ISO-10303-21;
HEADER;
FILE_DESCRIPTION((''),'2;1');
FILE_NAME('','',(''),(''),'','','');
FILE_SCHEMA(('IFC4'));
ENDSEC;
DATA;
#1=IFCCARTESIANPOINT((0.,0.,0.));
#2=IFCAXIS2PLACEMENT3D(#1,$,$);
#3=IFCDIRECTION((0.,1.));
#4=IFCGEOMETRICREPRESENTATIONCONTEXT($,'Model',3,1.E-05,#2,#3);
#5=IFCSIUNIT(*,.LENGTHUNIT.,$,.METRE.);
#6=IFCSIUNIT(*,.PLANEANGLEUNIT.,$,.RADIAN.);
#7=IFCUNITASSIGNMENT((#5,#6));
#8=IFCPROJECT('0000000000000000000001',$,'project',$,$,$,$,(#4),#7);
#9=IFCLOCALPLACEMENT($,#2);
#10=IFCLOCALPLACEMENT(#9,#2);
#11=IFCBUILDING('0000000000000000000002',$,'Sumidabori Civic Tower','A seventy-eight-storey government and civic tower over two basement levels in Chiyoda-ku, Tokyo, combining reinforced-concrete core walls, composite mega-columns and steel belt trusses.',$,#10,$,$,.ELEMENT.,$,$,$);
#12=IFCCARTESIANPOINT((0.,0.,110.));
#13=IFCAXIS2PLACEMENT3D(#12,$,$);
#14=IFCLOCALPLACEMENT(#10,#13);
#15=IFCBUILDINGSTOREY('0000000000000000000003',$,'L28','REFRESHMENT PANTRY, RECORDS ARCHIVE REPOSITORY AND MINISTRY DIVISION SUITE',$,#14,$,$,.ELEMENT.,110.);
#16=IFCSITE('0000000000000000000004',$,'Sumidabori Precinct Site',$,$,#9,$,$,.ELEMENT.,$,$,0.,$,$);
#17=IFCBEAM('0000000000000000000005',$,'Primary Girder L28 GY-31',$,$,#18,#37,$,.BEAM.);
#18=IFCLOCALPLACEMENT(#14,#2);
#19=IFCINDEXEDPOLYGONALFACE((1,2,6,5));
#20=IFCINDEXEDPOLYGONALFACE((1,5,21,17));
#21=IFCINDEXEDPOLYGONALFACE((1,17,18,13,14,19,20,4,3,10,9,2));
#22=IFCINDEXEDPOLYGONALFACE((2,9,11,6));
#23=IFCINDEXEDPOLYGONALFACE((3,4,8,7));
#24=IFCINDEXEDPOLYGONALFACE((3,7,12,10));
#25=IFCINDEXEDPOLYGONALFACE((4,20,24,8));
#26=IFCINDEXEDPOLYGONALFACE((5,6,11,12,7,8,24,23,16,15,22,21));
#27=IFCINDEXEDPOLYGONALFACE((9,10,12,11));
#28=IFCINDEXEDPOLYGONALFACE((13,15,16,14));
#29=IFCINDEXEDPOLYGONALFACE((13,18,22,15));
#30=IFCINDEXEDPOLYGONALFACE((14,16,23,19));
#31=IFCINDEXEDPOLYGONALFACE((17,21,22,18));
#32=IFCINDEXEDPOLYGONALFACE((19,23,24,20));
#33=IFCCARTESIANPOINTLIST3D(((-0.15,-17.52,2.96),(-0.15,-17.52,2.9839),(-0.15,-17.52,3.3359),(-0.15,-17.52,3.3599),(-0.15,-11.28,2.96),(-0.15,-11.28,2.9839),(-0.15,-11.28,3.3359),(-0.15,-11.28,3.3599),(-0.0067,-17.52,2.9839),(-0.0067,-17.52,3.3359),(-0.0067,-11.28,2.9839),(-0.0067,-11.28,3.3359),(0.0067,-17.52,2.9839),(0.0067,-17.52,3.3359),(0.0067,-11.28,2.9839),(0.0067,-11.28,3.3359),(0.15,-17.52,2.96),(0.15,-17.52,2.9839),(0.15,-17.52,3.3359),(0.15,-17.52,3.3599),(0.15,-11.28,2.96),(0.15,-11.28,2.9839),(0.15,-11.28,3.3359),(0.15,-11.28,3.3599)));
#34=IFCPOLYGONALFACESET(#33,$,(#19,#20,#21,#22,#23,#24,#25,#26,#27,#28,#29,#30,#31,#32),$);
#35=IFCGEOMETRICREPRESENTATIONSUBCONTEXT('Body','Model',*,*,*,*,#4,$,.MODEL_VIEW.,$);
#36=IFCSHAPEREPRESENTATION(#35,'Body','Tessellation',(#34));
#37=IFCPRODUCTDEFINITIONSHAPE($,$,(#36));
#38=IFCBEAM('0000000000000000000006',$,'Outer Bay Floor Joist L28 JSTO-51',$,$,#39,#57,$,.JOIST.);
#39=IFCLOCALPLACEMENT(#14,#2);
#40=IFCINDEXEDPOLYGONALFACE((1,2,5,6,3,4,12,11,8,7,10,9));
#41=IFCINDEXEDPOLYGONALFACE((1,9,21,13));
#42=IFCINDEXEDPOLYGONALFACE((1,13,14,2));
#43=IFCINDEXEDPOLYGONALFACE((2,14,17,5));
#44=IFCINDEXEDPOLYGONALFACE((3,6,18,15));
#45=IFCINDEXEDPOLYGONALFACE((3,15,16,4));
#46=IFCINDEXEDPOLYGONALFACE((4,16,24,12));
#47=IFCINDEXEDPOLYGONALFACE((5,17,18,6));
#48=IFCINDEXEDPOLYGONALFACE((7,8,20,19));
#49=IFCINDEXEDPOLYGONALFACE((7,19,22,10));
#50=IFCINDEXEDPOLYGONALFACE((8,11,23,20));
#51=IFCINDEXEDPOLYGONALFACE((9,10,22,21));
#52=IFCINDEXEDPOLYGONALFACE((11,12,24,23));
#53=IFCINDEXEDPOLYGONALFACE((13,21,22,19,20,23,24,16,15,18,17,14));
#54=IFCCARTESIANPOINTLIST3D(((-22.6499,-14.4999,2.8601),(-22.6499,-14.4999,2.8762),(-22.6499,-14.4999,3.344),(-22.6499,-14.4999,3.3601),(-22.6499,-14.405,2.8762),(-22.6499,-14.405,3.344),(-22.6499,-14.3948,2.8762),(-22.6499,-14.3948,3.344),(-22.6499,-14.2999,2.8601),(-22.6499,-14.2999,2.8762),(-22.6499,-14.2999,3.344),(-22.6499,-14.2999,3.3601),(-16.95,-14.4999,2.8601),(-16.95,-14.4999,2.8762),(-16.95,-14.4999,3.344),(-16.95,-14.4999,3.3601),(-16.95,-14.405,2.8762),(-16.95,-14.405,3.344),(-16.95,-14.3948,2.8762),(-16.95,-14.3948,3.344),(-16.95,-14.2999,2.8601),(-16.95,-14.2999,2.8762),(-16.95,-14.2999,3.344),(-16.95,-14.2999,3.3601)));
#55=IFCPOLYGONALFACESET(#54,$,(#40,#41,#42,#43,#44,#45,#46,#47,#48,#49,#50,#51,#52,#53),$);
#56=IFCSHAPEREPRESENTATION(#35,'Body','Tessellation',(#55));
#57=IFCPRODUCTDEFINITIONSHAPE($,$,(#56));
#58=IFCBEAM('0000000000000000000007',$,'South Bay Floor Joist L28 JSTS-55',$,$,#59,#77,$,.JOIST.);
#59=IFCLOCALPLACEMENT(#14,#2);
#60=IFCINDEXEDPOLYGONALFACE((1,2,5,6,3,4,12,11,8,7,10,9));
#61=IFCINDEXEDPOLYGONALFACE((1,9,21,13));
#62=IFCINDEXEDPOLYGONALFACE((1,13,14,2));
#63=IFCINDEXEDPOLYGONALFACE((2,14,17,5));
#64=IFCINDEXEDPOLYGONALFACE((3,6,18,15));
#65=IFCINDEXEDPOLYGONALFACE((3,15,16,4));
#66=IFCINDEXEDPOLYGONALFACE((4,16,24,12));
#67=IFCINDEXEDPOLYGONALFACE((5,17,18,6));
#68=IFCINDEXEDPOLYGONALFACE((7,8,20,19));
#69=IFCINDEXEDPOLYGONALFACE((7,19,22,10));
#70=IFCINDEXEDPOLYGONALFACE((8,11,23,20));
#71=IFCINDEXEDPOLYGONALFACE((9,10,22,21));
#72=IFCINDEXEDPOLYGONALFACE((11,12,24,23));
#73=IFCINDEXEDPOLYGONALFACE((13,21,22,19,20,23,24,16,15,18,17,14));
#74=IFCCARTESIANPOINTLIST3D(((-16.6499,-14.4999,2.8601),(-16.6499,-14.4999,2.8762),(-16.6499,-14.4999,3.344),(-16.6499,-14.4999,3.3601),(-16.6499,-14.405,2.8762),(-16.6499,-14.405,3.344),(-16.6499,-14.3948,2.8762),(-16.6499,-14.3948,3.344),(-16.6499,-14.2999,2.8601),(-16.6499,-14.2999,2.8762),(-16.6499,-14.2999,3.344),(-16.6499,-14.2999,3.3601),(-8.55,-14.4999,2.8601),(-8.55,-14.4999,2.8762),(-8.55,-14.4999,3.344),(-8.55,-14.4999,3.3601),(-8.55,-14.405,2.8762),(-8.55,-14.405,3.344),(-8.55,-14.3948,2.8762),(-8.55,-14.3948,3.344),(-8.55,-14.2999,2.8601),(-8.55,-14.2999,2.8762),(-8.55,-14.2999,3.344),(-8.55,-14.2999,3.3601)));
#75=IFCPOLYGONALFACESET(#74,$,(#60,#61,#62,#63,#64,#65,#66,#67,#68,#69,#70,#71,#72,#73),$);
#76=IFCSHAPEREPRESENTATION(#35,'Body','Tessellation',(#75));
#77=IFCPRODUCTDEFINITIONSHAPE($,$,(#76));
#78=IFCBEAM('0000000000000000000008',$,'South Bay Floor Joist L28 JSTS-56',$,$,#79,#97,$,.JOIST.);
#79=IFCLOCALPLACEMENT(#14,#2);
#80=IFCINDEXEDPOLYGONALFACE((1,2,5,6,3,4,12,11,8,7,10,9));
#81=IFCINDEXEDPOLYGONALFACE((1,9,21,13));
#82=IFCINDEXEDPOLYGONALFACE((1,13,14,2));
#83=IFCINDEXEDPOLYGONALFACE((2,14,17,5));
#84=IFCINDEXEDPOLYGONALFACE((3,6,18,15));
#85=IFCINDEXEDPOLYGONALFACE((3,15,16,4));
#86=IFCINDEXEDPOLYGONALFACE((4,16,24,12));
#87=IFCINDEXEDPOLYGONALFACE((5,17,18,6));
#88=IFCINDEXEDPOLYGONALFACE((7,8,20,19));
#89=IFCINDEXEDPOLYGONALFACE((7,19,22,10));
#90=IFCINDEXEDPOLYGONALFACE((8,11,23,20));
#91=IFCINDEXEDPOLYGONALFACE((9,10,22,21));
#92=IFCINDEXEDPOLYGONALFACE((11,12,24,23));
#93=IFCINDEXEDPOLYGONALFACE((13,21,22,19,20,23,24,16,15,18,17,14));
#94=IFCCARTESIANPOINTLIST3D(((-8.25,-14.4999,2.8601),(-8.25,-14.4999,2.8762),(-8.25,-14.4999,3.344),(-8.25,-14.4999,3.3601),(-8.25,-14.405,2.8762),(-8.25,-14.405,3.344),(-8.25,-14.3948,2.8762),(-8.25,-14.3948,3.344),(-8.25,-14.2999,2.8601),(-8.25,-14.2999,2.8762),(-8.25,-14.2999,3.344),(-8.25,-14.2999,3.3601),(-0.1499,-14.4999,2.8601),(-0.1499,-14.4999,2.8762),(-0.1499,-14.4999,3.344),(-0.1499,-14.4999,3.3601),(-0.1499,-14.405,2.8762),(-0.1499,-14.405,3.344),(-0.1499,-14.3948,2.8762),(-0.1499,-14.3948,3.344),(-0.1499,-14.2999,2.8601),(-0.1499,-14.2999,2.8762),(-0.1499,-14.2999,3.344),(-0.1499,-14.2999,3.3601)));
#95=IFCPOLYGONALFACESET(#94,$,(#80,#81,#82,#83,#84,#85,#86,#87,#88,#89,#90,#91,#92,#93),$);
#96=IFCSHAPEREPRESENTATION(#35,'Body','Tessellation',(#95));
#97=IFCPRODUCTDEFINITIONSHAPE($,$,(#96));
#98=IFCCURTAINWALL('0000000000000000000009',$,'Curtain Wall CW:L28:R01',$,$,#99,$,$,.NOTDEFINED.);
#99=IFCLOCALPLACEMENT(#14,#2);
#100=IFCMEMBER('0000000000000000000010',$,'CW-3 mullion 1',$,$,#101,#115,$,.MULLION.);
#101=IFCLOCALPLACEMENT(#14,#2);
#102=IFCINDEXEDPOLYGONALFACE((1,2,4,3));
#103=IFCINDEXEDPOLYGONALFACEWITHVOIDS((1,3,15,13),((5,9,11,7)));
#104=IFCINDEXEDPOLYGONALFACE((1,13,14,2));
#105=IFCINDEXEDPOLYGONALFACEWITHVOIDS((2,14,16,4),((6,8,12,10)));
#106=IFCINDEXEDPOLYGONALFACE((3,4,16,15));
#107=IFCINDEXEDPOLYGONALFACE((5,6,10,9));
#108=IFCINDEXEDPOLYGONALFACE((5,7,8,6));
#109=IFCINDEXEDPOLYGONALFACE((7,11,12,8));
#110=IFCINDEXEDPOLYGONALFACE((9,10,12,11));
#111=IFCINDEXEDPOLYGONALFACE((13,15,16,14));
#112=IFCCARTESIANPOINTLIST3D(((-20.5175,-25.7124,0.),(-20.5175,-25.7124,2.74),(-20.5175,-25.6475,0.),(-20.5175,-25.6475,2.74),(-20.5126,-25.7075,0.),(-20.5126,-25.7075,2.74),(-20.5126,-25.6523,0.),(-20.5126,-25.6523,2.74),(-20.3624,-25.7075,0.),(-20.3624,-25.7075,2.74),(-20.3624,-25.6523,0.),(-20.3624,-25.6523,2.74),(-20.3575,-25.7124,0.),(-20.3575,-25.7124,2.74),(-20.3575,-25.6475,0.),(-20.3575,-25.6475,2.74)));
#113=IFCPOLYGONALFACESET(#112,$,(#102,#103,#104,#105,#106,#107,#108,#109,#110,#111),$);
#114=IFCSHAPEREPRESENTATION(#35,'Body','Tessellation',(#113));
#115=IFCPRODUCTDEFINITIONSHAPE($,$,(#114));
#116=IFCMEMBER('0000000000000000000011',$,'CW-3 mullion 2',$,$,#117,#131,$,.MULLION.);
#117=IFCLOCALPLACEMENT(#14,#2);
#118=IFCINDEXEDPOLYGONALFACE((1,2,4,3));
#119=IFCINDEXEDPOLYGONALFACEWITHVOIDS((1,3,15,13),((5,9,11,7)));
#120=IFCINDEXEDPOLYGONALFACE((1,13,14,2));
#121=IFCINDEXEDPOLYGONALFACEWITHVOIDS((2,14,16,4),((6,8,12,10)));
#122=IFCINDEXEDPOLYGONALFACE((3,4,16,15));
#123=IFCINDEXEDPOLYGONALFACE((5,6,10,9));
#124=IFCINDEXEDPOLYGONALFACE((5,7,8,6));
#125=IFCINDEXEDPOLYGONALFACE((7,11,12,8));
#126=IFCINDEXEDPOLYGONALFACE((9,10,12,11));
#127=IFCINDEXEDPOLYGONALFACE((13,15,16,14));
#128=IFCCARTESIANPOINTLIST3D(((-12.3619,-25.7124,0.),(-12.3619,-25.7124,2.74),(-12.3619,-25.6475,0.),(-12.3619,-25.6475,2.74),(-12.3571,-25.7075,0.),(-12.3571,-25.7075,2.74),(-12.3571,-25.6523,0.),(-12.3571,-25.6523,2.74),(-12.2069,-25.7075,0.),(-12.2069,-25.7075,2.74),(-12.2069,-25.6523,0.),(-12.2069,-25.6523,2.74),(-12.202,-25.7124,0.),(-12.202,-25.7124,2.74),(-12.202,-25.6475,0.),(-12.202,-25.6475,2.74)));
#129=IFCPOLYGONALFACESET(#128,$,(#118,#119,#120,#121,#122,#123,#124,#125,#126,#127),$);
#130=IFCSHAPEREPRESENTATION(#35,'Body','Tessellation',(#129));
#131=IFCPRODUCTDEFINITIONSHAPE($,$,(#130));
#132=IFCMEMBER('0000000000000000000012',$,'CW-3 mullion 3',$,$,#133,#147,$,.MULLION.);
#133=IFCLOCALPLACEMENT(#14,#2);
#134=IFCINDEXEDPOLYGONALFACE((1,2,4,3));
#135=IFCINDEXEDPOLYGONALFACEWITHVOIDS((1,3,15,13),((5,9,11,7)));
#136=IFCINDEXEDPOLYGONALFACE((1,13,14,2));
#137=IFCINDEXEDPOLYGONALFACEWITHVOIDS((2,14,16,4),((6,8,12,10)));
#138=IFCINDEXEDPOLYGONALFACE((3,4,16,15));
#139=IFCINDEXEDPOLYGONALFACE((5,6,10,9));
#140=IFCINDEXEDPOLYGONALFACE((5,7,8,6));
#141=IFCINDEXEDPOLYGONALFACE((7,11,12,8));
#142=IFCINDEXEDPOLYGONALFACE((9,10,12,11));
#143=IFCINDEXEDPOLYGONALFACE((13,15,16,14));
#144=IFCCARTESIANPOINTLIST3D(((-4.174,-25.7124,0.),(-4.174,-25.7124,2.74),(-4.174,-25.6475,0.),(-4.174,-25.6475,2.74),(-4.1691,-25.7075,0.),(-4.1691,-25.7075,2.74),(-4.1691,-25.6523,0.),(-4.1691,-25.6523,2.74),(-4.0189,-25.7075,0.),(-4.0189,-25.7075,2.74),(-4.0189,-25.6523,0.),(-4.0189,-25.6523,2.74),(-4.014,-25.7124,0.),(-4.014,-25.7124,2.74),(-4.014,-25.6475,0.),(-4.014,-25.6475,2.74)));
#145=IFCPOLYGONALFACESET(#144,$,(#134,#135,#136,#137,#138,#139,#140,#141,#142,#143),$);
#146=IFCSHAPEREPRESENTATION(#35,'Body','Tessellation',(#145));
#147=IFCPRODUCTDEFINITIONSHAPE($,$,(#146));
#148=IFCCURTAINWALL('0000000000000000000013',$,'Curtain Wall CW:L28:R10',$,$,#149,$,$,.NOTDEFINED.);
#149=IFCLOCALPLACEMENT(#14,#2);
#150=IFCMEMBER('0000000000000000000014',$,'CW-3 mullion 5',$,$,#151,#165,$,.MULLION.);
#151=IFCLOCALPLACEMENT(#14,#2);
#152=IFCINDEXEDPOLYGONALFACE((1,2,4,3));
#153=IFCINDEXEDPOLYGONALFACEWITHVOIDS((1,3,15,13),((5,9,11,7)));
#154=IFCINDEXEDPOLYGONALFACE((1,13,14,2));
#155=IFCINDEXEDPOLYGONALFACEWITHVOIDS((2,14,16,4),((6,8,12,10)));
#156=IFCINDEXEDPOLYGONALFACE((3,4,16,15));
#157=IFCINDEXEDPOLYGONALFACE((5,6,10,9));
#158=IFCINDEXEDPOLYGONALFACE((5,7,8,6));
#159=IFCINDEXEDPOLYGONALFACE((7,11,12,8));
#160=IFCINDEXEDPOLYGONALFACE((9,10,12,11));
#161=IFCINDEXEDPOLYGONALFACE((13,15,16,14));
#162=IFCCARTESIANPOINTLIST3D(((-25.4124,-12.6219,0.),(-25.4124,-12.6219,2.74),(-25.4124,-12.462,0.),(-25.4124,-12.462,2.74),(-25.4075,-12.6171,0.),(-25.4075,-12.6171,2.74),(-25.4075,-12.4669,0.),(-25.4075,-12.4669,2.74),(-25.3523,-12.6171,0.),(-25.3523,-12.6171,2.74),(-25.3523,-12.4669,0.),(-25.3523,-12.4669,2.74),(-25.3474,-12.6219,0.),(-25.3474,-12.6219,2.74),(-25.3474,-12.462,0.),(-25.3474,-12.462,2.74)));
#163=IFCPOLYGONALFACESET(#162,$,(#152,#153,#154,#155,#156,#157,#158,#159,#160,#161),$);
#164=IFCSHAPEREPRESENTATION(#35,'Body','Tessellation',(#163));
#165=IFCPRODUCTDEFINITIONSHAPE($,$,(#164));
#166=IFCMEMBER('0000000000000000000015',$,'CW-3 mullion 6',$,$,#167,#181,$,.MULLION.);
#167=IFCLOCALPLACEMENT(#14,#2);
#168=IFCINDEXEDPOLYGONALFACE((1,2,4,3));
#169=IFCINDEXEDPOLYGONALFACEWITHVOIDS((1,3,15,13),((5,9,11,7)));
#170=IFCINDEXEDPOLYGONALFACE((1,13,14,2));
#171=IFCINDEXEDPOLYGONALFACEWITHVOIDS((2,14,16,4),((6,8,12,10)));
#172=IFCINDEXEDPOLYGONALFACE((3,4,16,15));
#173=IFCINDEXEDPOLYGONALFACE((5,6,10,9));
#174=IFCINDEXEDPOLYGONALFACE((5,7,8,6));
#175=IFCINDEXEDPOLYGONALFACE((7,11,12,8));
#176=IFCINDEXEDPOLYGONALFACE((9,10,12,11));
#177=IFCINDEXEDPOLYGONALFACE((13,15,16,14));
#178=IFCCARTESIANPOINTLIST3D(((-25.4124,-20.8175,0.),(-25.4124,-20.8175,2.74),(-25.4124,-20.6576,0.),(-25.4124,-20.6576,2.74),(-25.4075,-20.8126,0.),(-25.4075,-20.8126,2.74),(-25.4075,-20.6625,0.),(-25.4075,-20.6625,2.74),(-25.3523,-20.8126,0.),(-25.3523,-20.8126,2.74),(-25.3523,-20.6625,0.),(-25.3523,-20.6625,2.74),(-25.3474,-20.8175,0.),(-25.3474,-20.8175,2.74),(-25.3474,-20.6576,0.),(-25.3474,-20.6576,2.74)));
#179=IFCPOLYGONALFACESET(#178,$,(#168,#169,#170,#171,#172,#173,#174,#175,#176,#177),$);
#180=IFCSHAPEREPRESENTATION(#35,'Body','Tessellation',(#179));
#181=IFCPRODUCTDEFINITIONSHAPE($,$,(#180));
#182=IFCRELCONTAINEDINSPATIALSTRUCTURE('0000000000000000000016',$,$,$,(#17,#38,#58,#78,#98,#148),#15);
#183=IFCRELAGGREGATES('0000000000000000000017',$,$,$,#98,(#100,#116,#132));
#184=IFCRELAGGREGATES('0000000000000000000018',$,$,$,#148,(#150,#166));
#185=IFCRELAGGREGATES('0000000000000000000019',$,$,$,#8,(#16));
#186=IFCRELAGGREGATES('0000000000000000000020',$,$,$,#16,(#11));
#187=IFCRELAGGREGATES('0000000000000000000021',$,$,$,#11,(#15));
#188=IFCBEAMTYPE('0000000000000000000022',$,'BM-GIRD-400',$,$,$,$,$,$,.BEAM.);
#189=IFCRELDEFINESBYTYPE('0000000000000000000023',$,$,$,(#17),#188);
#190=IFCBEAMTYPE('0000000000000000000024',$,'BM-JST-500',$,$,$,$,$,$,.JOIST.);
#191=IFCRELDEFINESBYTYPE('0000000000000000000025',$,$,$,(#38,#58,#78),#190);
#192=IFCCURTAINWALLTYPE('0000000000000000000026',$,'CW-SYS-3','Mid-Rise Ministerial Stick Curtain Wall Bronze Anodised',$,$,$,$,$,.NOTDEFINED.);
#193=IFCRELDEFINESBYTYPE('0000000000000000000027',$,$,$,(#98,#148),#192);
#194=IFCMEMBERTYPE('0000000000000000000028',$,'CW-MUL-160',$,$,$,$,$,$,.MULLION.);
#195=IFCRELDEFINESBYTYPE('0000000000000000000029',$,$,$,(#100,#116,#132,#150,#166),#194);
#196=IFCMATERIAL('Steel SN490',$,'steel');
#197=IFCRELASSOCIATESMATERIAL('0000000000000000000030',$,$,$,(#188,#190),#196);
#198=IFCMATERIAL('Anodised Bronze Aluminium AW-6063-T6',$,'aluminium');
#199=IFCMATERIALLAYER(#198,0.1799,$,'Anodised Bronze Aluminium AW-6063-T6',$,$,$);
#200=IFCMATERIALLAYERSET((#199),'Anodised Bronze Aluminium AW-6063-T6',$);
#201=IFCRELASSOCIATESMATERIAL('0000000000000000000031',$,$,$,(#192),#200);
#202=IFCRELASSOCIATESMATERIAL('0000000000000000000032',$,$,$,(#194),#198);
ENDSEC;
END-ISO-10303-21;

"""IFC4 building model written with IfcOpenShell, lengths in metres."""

from ifc_helpers import new_model, si_unit, direction, frame, origin, origin_2d, place, context, subcontext, project, spatial, hollow_rectangle, i_section, extrude, source, transform, mapped, material, layer, layer_set, material_profile, profile_set, type_object, element, aggregate, save


model = new_model("IFC4")

# Units and contexts
model_context = context("Model", 3, precision=1e-05, world=origin(), true_north=direction((0.0, 1.0)))
body_context = subcontext(model_context, "Body", "Model", "MODEL_VIEW")
ifc_project = project(units=[si_unit("LENGTHUNIT", "METRE"), si_unit("PLANEANGLEUNIT", "RADIAN")], contexts=[model_context])

# Site, building, storey
site_placement = place(None, origin())
site = spatial("IfcSite", under=ifc_project, at=site_placement, Name="Sumidabori Precinct Site", CompositionType="ELEMENT", RefElevation=0.0)
building_placement = place(site_placement, origin())
building = spatial("IfcBuilding", under=site, at=building_placement, Name="Sumidabori Civic Tower", Description="A seventy-eight-storey government and civic tower over two basement levels in Chiyoda-ku, Tokyo, combining reinforced-concrete core walls, composite mega-columns and steel belt trusses.", CompositionType="ELEMENT")
storey_placement = place(building_placement, frame((0.0, 0.0, 110.0)))
storey = spatial("IfcBuildingStorey", under=building, at=storey_placement, Name="L28", Description="REFRESHMENT PANTRY, RECORDS ARCHIVE REPOSITORY AND MINISTRY DIVISION SUITE", CompositionType="ELEMENT", Elevation=110.0)

# Beams
ifc_material_1 = material(Name="Steel SN490", Category="steel")
ifc_material_profile_1 = material_profile(ifc_material_1, i_section(OverallWidth=0.3, OverallDepth=0.3999, WebThickness=0.0134, FlangeThickness=0.0239, at=origin_2d()), Name="HE 400 B")
ifc_profile_set_1 = profile_set([ifc_material_profile_1], Name="Steel SN490")
beam_type_1 = type_object("IfcBeamType", Name="BM-GIRD-400", PredefinedType="BEAM", material=ifc_profile_set_1)
shared_shape_1 = source(origin(), body_context, "Body", "SweptSolid", [
    extrude(i_section(OverallWidth=0.3, OverallDepth=0.3999, WebThickness=0.0134, FlangeThickness=0.0239, at=origin_2d()), origin(), (0.0, 0.0, 1.0), 6.24),
])
for number, where, z_axis, x_axis, name in (
    (1, (0.0, -17.52, 3.1599), (0.0, 1.0, 0.0), (-1.0, 0.0, 0.0), "Primary Girder L28 GY-31"),
):
    element("IfcBeam", number, at=place(storey_placement, frame(where, z_axis=z_axis, x_axis=x_axis)), inside=storey, type_object=beam_type_1, Name=name, PredefinedType="BEAM", context=body_context, shape_type="MappedRepresentation", body=[
        mapped(shared_shape_1, transform((0.0, 0.0, 0.0), x_axis=(1.0, 0.0, 0.0), y_axis=(0.0, 1.0, 0.0), z_axis=(0.0, 0.0, 1.0), scale=1.0)),
    ])
ifc_material_profile_2 = material_profile(ifc_material_1, i_section(OverallWidth=0.2, OverallDepth=0.5, WebThickness=0.0103, FlangeThickness=0.0161, at=origin_2d()), Name="IPE 500")
ifc_profile_set_2 = profile_set([ifc_material_profile_2], Name="Steel SN490")
beam_type_2 = type_object("IfcBeamType", Name="BM-JST-500", PredefinedType="JOIST", material=ifc_profile_set_2)
shared_shape_2 = source(origin(), body_context, "Body", "SweptSolid", [
    extrude(i_section(OverallWidth=0.2, OverallDepth=0.5, WebThickness=0.0103, FlangeThickness=0.0161, at=origin_2d()), origin(), (0.0, 0.0, 1.0), 5.7),
])
beam_1_placement = place(storey_placement, frame((-22.6499, -14.3999, 3.1101), z_axis=(1.0, 0.0, 0.0), x_axis=(0.0, 1.0, 0.0)))
element("IfcBeam", 2, at=beam_1_placement, inside=storey, type_object=beam_type_2, Name="Outer Bay Floor Joist L28 JSTO-51", PredefinedType="JOIST", context=body_context, shape_type="MappedRepresentation", body=[
    mapped(shared_shape_2, transform((0.0, 0.0, 0.0), x_axis=(1.0, 0.0, 0.0), y_axis=(0.0, 1.0, 0.0), z_axis=(0.0, 0.0, 1.0), scale=1.0)),
])
shared_shape_3 = source(origin(), body_context, "Body", "SweptSolid", [
    extrude(i_section(OverallWidth=0.2, OverallDepth=0.5, WebThickness=0.0103, FlangeThickness=0.0161, at=origin_2d()), origin(), (0.0, 0.0, 1.0), 8.0999),
])
beam_2_placement = place(storey_placement, frame((-16.6499, -14.3999, 3.1101), z_axis=(1.0, 0.0, 0.0), x_axis=(0.0, 1.0, 0.0)))
element("IfcBeam", 3, at=beam_2_placement, inside=storey, type_object=beam_type_2, Name="South Bay Floor Joist L28 JSTS-55", PredefinedType="JOIST", context=body_context, shape_type="MappedRepresentation", body=[
    mapped(shared_shape_3, transform((0.0, 0.0, 0.0), x_axis=(1.0, 0.0, 0.0), y_axis=(0.0, 1.0, 0.0), z_axis=(0.0, 0.0, 1.0), scale=1.0)),
])
shared_shape_4 = source(origin(), body_context, "Body", "SweptSolid", [
    extrude(i_section(OverallWidth=0.2, OverallDepth=0.5, WebThickness=0.0103, FlangeThickness=0.0161, at=origin_2d()), origin(), (0.0, 0.0, 1.0), 8.1001),
])
beam_3_placement = place(storey_placement, frame((-8.25, -14.3999, 3.1101), z_axis=(1.0, 0.0, 0.0), x_axis=(0.0, 1.0, 0.0)))
element("IfcBeam", 4, at=beam_3_placement, inside=storey, type_object=beam_type_2, Name="South Bay Floor Joist L28 JSTS-56", PredefinedType="JOIST", context=body_context, shape_type="MappedRepresentation", body=[
    mapped(shared_shape_4, transform((0.0, 0.0, 0.0), x_axis=(1.0, 0.0, 0.0), y_axis=(0.0, 1.0, 0.0), z_axis=(0.0, 0.0, 1.0), scale=1.0)),
])

# Curtain walls, members
ifc_material_2 = material(Name="Anodised Bronze Aluminium AW-6063-T6", Category="aluminium")
ifc_layer_1 = layer(ifc_material_2, 0.1799, Name="Anodised Bronze Aluminium AW-6063-T6")
ifc_layer_set_1 = layer_set([ifc_layer_1], Name="Anodised Bronze Aluminium AW-6063-T6")
curtain_wall_type = type_object("IfcCurtainWallType", Name="CW-SYS-3", Description="Mid-Rise Ministerial Stick Curtain Wall Bronze Anodised", PredefinedType="NOTDEFINED", material=ifc_layer_set_1)
curtain_wall_1_placement = place(storey_placement, origin())
curtain_wall_1 = element("IfcCurtainWall", 5, at=curtain_wall_1_placement, inside=storey, type_object=curtain_wall_type, Name="Curtain Wall CW:L28:R01", PredefinedType="NOTDEFINED")
ifc_material_profile_3 = material_profile(ifc_material_2, hollow_rectangle(XDim=0.0649, YDim=0.1599, WallThickness=0.0049, at=origin_2d()), Name="ALU MULLION 160x65")
ifc_profile_set_3 = profile_set([ifc_material_profile_3], Name="Anodised Bronze Aluminium AW-6063-T6")
member_type_1 = type_object("IfcMemberType", Name="CW-MUL-160", PredefinedType="MULLION", material=ifc_profile_set_3)
shared_shape_5 = source(origin(), body_context, "Body", "SweptSolid", [
    extrude(hollow_rectangle(XDim=0.0649, YDim=0.1599, WallThickness=0.0049, at=origin_2d()), origin(), (0.0, 0.0, 1.0), 2.74),
])
member_1_placement = place(storey_placement, frame((-20.4375, -25.6799, 0.0), z_axis=(0.0, 0.0, 1.0), x_axis=(0.0, 1.0, 0.0)))
member_1 = element("IfcMember", 6, at=member_1_placement, type_object=member_type_1, Name="CW-3 mullion 1", PredefinedType="MULLION", context=body_context, shape_type="MappedRepresentation", body=[
    mapped(shared_shape_5, transform((0.0, 0.0, 0.0), x_axis=(1.0, 0.0, 0.0), y_axis=(0.0, 1.0, 0.0), z_axis=(0.0, 0.0, 1.0), scale=1.0)),
])
member_2_placement = place(storey_placement, frame((-12.282, -25.6799, 0.0), z_axis=(0.0, 0.0, 1.0), x_axis=(0.0, 1.0, 0.0)))
member_2 = element("IfcMember", 7, at=member_2_placement, type_object=member_type_1, Name="CW-3 mullion 2", PredefinedType="MULLION", context=body_context, shape_type="MappedRepresentation", body=[
    mapped(shared_shape_5, transform((0.0, 0.0, 0.0), x_axis=(1.0, 0.0, 0.0), y_axis=(0.0, 1.0, 0.0), z_axis=(0.0, 0.0, 1.0), scale=1.0)),
])
member_3_placement = place(storey_placement, frame((-4.094, -25.6799, 0.0), z_axis=(0.0, 0.0, 1.0), x_axis=(0.0, 1.0, 0.0)))
member_3 = element("IfcMember", 8, at=member_3_placement, type_object=member_type_1, Name="CW-3 mullion 3", PredefinedType="MULLION", context=body_context, shape_type="MappedRepresentation", body=[
    mapped(shared_shape_5, transform((0.0, 0.0, 0.0), x_axis=(1.0, 0.0, 0.0), y_axis=(0.0, 1.0, 0.0), z_axis=(0.0, 0.0, 1.0), scale=1.0)),
])
curtain_wall_2_placement = place(storey_placement, origin())
curtain_wall_2 = element("IfcCurtainWall", 9, at=curtain_wall_2_placement, inside=storey, type_object=curtain_wall_type, Name="Curtain Wall CW:L28:R10", PredefinedType="NOTDEFINED")
member_4_placement = place(storey_placement, frame((-25.3799, -12.542, 0.0), z_axis=(0.0, 0.0, 1.0), x_axis=(1.0, 0.0, 0.0)))
member_4 = element("IfcMember", 10, at=member_4_placement, type_object=member_type_1, Name="CW-3 mullion 5", PredefinedType="MULLION", context=body_context, shape_type="MappedRepresentation", body=[
    mapped(shared_shape_5, transform((0.0, 0.0, 0.0), x_axis=(1.0, 0.0, 0.0), y_axis=(0.0, 1.0, 0.0), z_axis=(0.0, 0.0, 1.0), scale=1.0)),
])
member_5_placement = place(storey_placement, frame((-25.3799, -20.7375, 0.0), z_axis=(0.0, 0.0, 1.0), x_axis=(1.0, 0.0, 0.0)))
member_5 = element("IfcMember", 11, at=member_5_placement, type_object=member_type_1, Name="CW-3 mullion 6", PredefinedType="MULLION", context=body_context, shape_type="MappedRepresentation", body=[
    mapped(shared_shape_5, transform((0.0, 0.0, 0.0), x_axis=(1.0, 0.0, 0.0), y_axis=(0.0, 1.0, 0.0), z_axis=(0.0, 0.0, 1.0), scale=1.0)),
])

aggregate(curtain_wall_1, [member_1, member_2, member_3])
aggregate(curtain_wall_2, [member_4, member_5])

save(model, "model.ifc")
